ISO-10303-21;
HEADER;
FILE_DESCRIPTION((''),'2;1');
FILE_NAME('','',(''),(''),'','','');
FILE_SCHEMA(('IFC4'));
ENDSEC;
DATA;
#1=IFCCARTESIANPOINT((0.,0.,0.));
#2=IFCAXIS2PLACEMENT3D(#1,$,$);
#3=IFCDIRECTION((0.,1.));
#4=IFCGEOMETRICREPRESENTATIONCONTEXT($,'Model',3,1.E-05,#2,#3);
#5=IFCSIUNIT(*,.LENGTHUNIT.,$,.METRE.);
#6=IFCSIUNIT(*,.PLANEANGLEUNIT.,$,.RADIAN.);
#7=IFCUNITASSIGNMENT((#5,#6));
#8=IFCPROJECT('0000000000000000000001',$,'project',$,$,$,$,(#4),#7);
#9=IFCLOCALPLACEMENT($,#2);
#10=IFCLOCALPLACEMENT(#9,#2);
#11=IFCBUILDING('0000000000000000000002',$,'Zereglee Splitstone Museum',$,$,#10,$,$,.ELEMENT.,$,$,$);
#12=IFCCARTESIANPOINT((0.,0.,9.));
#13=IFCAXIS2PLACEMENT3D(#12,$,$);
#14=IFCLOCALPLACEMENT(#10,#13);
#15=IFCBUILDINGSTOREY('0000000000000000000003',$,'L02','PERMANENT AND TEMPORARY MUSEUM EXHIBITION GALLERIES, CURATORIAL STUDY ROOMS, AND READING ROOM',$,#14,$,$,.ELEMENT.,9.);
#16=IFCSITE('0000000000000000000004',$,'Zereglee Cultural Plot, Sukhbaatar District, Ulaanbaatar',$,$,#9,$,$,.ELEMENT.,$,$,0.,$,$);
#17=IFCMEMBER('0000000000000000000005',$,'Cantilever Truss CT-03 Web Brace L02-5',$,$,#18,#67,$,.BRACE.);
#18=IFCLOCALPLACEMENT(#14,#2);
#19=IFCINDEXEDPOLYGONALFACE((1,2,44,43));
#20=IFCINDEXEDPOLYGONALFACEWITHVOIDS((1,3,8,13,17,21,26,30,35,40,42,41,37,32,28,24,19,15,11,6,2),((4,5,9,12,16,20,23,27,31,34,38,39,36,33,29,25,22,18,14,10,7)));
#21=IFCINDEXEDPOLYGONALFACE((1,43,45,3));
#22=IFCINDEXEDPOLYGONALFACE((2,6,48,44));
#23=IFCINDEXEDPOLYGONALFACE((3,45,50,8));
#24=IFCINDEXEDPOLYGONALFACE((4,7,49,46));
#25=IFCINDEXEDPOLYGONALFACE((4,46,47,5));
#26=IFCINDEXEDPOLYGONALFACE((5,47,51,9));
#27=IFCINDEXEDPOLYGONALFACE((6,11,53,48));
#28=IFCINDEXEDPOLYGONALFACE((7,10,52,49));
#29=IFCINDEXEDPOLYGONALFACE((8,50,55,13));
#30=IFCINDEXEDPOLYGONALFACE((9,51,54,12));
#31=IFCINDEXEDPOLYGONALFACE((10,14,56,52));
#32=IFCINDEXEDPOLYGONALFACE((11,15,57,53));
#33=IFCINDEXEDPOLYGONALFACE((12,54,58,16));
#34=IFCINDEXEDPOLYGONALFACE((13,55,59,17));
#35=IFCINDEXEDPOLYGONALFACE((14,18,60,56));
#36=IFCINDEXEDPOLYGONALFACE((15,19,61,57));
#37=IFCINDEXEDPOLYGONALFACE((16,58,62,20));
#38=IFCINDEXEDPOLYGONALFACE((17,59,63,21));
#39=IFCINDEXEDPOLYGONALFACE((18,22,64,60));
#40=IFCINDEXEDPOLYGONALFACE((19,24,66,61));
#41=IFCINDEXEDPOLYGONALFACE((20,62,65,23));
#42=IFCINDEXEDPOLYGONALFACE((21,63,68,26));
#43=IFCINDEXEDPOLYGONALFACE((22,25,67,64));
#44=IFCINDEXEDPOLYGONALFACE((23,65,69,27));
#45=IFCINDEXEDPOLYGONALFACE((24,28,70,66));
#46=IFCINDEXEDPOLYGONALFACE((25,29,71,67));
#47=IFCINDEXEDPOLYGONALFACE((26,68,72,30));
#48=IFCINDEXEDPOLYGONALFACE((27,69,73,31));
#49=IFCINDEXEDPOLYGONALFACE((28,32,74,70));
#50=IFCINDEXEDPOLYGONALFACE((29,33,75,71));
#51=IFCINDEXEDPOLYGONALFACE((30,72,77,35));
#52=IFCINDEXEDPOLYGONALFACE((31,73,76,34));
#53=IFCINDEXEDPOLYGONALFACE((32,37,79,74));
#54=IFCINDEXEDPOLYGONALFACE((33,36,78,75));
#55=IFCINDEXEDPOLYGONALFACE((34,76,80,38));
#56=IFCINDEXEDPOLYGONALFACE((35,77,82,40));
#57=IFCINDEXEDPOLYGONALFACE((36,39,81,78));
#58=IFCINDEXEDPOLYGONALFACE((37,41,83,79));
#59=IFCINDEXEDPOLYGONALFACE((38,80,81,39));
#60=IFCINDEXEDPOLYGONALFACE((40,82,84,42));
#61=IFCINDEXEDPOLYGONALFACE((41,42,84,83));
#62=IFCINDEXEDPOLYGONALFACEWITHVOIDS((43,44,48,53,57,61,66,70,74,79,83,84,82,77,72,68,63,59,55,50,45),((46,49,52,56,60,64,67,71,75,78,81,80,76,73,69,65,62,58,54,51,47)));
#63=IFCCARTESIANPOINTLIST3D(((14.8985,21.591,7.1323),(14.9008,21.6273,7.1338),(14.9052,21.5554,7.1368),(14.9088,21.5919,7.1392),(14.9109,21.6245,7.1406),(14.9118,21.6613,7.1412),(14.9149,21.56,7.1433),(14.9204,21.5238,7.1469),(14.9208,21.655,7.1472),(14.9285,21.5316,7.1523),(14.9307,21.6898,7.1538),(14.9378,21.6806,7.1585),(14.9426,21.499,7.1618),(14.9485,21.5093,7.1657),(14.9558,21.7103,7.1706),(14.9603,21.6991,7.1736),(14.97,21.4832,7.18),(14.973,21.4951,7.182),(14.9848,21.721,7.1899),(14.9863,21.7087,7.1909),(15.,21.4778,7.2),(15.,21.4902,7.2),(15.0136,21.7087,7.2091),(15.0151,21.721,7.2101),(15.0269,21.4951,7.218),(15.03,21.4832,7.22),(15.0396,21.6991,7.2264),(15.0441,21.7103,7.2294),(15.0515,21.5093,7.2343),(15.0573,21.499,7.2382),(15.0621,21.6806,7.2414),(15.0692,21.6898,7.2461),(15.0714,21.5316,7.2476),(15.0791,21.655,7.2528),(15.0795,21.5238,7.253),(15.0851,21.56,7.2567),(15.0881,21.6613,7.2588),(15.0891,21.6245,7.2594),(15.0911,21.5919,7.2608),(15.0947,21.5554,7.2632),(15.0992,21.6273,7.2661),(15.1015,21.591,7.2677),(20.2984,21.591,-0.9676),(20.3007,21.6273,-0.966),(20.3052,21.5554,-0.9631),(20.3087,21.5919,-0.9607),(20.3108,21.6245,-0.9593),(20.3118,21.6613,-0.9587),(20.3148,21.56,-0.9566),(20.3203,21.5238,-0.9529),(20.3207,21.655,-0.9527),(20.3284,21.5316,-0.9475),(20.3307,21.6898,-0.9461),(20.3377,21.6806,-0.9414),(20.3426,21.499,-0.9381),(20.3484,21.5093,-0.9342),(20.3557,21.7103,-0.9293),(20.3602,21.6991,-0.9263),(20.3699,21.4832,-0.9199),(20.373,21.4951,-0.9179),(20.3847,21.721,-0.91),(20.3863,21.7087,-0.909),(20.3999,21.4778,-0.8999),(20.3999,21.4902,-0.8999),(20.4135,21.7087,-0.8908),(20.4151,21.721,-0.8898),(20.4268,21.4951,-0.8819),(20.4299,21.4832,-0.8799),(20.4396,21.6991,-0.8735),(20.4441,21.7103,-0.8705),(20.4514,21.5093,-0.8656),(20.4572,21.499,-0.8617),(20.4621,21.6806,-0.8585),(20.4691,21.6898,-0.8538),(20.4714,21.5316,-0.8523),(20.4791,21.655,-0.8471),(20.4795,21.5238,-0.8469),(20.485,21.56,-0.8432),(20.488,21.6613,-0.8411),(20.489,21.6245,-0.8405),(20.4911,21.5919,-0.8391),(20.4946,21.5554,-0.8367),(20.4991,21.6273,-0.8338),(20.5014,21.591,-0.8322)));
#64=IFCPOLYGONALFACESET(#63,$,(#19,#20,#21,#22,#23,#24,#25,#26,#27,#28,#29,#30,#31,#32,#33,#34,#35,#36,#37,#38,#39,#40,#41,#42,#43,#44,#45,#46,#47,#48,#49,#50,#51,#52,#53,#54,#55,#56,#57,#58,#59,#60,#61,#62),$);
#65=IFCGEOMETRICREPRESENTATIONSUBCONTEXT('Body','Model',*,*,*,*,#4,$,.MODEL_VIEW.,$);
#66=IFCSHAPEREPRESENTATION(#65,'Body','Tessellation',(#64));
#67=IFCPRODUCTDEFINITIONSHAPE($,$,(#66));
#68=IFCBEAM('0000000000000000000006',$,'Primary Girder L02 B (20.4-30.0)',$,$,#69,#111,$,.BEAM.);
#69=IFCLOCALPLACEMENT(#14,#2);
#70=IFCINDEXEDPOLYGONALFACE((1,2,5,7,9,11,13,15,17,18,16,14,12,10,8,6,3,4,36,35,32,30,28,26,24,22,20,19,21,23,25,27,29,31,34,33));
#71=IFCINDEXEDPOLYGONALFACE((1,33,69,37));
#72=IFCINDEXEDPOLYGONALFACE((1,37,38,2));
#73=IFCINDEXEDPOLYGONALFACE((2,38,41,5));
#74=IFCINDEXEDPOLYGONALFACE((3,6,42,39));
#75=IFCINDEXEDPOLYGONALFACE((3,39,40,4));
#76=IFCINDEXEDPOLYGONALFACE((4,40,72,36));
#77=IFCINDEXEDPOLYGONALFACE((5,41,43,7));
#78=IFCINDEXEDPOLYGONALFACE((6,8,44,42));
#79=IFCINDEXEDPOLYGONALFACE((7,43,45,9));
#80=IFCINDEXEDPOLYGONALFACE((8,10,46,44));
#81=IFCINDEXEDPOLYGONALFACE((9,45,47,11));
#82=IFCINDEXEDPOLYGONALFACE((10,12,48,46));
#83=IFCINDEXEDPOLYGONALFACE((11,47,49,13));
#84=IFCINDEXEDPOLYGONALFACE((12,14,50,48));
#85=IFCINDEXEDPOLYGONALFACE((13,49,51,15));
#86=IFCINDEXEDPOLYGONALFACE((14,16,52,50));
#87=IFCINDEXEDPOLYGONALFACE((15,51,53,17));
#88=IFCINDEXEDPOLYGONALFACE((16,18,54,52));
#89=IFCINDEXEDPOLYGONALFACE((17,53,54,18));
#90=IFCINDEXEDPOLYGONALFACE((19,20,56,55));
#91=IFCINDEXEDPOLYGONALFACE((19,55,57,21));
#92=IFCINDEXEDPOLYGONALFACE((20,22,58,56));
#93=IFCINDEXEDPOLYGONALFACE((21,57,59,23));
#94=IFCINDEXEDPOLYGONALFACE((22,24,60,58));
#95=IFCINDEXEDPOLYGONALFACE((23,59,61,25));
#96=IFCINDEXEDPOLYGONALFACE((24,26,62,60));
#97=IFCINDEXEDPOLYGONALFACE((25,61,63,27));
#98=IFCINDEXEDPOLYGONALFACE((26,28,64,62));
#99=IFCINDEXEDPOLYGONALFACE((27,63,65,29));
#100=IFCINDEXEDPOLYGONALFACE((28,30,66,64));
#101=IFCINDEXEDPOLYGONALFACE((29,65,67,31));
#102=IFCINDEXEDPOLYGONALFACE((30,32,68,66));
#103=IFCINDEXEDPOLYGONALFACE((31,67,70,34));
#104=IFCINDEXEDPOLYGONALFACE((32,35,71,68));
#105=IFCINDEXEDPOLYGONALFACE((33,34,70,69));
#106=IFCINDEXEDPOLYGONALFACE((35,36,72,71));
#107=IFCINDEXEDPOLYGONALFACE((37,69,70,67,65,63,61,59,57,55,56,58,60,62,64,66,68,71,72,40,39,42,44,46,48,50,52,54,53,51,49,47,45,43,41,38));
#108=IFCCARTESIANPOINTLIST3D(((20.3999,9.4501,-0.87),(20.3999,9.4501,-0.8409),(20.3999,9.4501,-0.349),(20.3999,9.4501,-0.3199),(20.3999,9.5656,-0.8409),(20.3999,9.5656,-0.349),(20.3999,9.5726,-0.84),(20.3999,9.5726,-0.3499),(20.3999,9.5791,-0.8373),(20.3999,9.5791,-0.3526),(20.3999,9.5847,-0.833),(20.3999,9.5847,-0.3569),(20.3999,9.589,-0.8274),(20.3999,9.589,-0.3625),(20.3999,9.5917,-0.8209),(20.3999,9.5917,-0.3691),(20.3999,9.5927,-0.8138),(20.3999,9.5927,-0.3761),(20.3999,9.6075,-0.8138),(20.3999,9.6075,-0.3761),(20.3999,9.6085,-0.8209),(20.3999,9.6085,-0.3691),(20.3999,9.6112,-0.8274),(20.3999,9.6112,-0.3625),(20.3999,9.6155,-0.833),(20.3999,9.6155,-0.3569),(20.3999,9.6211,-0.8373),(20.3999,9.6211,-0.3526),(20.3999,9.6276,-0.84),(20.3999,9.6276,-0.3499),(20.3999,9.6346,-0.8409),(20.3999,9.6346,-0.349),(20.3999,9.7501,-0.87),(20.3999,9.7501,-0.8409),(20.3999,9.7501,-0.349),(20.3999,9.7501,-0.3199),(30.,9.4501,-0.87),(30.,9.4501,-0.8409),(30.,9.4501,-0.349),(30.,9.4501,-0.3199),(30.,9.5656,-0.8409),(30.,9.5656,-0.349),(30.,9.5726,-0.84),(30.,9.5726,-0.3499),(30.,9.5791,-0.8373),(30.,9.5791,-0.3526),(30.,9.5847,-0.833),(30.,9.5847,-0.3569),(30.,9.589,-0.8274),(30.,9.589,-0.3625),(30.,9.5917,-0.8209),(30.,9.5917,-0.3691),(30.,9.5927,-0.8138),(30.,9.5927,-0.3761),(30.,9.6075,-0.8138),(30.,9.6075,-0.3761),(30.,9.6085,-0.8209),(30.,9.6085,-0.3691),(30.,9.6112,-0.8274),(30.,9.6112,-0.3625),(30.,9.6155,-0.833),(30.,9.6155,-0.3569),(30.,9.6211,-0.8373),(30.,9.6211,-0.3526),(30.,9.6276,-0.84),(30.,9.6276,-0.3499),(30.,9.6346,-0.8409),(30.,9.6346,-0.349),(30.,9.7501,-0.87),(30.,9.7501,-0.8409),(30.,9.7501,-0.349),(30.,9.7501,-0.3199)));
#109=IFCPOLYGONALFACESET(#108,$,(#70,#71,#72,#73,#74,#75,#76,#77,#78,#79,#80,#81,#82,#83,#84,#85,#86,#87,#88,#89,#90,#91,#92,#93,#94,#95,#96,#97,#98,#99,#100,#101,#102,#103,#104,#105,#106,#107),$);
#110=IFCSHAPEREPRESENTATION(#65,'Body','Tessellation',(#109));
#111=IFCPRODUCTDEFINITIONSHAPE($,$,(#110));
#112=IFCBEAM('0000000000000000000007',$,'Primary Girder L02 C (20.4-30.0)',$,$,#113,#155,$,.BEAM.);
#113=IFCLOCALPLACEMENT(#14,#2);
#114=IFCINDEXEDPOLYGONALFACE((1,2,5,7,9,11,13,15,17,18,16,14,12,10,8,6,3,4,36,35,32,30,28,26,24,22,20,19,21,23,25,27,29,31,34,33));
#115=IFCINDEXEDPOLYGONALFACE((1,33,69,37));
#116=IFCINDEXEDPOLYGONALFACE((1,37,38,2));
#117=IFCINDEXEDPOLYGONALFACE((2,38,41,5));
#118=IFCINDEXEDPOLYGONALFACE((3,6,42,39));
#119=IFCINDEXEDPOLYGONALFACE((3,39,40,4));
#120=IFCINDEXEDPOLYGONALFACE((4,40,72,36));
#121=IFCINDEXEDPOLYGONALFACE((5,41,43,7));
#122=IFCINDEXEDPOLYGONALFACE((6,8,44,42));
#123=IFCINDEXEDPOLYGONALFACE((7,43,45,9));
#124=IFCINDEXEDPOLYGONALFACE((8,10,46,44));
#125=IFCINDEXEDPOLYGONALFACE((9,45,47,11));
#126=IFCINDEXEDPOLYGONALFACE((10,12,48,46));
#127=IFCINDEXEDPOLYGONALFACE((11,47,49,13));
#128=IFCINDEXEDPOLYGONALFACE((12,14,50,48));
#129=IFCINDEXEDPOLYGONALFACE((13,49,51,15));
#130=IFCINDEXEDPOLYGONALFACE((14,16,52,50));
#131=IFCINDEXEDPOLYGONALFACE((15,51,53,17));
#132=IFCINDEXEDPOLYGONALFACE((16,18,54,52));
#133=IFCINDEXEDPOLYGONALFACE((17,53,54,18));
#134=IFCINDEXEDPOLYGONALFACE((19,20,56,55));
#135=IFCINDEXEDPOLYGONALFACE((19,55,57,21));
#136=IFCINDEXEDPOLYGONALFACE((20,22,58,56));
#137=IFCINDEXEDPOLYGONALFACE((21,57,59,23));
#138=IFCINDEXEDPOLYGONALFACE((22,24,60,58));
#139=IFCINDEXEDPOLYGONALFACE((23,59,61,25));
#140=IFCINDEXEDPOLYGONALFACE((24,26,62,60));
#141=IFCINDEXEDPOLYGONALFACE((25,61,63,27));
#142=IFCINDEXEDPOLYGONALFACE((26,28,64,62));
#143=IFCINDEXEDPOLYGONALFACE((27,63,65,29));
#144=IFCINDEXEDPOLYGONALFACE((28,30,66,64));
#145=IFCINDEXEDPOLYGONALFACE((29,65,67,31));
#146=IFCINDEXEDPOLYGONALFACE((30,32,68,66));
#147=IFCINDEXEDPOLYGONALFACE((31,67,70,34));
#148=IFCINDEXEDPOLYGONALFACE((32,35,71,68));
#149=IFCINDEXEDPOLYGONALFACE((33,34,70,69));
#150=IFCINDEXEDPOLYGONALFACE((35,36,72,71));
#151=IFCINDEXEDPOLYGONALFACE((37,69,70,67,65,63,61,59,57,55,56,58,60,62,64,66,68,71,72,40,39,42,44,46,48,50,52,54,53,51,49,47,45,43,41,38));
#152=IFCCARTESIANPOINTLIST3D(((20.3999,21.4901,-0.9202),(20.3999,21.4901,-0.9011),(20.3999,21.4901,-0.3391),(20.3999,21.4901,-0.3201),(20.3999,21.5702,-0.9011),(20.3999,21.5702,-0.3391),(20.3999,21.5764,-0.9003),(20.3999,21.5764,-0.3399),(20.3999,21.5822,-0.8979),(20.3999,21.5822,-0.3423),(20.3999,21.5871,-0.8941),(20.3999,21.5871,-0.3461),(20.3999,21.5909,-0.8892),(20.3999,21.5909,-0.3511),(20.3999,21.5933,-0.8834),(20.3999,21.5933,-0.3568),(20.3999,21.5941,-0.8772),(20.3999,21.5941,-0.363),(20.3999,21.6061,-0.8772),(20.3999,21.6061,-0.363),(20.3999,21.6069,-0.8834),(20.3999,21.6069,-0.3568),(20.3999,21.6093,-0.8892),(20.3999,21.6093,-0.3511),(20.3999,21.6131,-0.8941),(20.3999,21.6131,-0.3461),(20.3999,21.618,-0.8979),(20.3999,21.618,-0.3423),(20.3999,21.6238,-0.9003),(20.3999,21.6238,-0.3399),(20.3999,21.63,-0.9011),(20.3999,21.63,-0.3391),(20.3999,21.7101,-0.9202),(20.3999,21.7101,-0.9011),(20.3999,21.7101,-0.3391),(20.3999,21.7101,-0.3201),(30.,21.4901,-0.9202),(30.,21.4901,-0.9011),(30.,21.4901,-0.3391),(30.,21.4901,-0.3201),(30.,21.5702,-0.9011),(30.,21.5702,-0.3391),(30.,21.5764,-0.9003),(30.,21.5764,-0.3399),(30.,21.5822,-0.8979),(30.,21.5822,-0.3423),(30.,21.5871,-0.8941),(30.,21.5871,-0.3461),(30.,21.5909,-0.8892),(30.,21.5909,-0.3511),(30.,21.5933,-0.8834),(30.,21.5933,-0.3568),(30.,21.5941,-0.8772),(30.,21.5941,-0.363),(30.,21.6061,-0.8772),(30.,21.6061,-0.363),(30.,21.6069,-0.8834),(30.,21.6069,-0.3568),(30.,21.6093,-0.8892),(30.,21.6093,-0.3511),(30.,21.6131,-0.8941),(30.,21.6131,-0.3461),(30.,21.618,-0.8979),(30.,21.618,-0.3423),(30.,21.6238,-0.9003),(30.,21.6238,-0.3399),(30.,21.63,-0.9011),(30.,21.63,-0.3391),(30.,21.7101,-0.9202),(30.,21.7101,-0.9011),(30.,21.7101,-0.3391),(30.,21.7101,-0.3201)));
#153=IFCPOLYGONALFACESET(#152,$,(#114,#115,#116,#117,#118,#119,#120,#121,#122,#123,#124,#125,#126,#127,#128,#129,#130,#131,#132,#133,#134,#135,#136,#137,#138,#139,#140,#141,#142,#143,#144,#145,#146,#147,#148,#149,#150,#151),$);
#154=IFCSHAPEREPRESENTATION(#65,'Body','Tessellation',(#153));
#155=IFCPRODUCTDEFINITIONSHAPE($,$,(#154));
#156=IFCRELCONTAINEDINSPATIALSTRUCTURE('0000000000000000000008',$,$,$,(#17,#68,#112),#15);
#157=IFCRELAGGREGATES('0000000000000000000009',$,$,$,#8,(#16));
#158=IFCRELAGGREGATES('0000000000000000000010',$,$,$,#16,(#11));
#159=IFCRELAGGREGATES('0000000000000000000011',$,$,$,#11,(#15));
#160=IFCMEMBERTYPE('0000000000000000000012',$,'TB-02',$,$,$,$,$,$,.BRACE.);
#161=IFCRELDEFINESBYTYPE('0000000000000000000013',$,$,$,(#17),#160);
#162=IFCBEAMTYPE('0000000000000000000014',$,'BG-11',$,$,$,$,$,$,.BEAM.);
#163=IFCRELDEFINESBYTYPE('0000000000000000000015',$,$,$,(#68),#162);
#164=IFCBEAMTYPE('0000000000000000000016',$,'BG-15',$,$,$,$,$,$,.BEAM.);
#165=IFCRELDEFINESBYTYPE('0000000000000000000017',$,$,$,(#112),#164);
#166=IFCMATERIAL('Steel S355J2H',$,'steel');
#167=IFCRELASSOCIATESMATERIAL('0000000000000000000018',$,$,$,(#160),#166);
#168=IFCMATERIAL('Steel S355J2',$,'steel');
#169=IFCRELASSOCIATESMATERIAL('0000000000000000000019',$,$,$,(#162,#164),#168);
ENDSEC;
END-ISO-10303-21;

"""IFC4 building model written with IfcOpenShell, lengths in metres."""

from ifc_helpers import new_model, si_unit, direction, frame, origin, origin_2d, place, context, subcontext, project, spatial, hollow_circle, i_section, extrude, material, material_profile, profile_set, type_object, element, save


model = new_model("IFC4")

# Units and contexts
model_context = context("Model", 3, precision=1e-05, world=origin(), true_north=direction((0.0, 1.0)))
body_context = subcontext(model_context, "Body", "Model", "MODEL_VIEW")
ifc_project = project(units=[si_unit("LENGTHUNIT", "METRE"), si_unit("PLANEANGLEUNIT", "RADIAN")], contexts=[model_context])

# Site, building, storey
site_placement = place(None, origin())
site = spatial("IfcSite", under=ifc_project, at=site_placement, Name="Zereglee Cultural Plot, Sukhbaatar District, Ulaanbaatar", CompositionType="ELEMENT", RefElevation=0.0)
building_placement = place(site_placement, origin())
building = spatial("IfcBuilding", under=site, at=building_placement, Name="Zereglee Splitstone Museum", CompositionType="ELEMENT")
storey_placement = place(building_placement, frame((0.0, 0.0, 9.0)))
storey = spatial("IfcBuildingStorey", under=building, at=storey_placement, Name="L02", Description="PERMANENT AND TEMPORARY MUSEUM EXHIBITION GALLERIES, CURATORIAL STUDY ROOMS, AND READING ROOM", CompositionType="ELEMENT", Elevation=9.0)

# Shared definitions
ifc_material_1 = material(Name="Steel S355J2", Category="steel")

# Member
ifc_material_2 = material(Name="Steel S355J2H", Category="steel")
ifc_material_profile_1 = material_profile(ifc_material_2, hollow_circle(Radius=0.1223, WallThickness=0.0125, at=origin_2d()), Name="CHS 244.5x12.5")
ifc_profile_set_1 = profile_set([ifc_material_profile_1], Name="Steel S355J2H")
member_type = type_object("IfcMemberType", Name="TB-02", PredefinedType="BRACE", material=ifc_profile_set_1)
for number, where, z_axis, x_axis, name in (
    (1, (20.3999, 21.6001, -0.8999), (-0.5547, 0.0, 0.83205), (0.0, -1.0, 0.0), "Cantilever Truss CT-03 Web Brace L02-5"),
):
    element("IfcMember", number, at=place(storey_placement, frame(where, z_axis=z_axis, x_axis=x_axis)), inside=storey, type_object=member_type, Name=name, PredefinedType="BRACE", context=body_context, shape_type="SweptSolid", body=[
        extrude(hollow_circle(Radius=0.1223, WallThickness=0.0125, at=origin_2d()), origin(), (0.0, 0.0, 1.0), 9.7349),
    ])

# Beams
ifc_material_profile_2 = material_profile(ifc_material_1, i_section(OverallWidth=0.3, OverallDepth=0.55, WebThickness=0.0149, FlangeThickness=0.0291, FilletRadius=0.0271, at=origin_2d()), Name="HE 550 B")
ifc_profile_set_2 = profile_set([ifc_material_profile_2], Name="Steel S355J2")
beam_type_1 = type_object("IfcBeamType", Name="BG-11", PredefinedType="BEAM", material=ifc_profile_set_2)
beam_1_placement = place(storey_placement, frame((20.3999, 9.6001, -0.595), z_axis=(1.0, 0.0, 0.0), x_axis=(0.0, 1.0, 0.0)))
element("IfcBeam", 2, at=beam_1_placement, inside=storey, type_object=beam_type_1, Name="Primary Girder L02 B (20.4-30.0)", PredefinedType="BEAM", context=body_context, shape_type="SweptSolid", body=[
    extrude(i_section(OverallWidth=0.3, OverallDepth=0.55, WebThickness=0.0149, FlangeThickness=0.0291, FilletRadius=0.0271, at=origin_2d()), origin(), (0.0, 0.0, 1.0), 9.6001),
])
ifc_material_profile_3 = material_profile(ifc_material_1, i_section(OverallWidth=0.22, OverallDepth=0.6001, WebThickness=0.012, FlangeThickness=0.019, FilletRadius=0.0239, at=origin_2d()), Name="IPE 600")
ifc_profile_set_3 = profile_set([ifc_material_profile_3], Name="Steel S355J2")
beam_type_2 = type_object("IfcBeamType", Name="BG-15", PredefinedType="BEAM", material=ifc_profile_set_3)
beam_2_placement = place(storey_placement, frame((20.3999, 21.6001, -0.6201), z_axis=(1.0, 0.0, 0.0), x_axis=(0.0, 1.0, 0.0)))
element("IfcBeam", 3, at=beam_2_placement, inside=storey, type_object=beam_type_2, Name="Primary Girder L02 C (20.4-30.0)", PredefinedType="BEAM", context=body_context, shape_type="SweptSolid", body=[
    extrude(i_section(OverallWidth=0.22, OverallDepth=0.6001, WebThickness=0.012, FlangeThickness=0.019, FilletRadius=0.0239, at=origin_2d()), origin(), (0.0, 0.0, 1.0), 9.6001),
])

save(model, "model.ifc")
